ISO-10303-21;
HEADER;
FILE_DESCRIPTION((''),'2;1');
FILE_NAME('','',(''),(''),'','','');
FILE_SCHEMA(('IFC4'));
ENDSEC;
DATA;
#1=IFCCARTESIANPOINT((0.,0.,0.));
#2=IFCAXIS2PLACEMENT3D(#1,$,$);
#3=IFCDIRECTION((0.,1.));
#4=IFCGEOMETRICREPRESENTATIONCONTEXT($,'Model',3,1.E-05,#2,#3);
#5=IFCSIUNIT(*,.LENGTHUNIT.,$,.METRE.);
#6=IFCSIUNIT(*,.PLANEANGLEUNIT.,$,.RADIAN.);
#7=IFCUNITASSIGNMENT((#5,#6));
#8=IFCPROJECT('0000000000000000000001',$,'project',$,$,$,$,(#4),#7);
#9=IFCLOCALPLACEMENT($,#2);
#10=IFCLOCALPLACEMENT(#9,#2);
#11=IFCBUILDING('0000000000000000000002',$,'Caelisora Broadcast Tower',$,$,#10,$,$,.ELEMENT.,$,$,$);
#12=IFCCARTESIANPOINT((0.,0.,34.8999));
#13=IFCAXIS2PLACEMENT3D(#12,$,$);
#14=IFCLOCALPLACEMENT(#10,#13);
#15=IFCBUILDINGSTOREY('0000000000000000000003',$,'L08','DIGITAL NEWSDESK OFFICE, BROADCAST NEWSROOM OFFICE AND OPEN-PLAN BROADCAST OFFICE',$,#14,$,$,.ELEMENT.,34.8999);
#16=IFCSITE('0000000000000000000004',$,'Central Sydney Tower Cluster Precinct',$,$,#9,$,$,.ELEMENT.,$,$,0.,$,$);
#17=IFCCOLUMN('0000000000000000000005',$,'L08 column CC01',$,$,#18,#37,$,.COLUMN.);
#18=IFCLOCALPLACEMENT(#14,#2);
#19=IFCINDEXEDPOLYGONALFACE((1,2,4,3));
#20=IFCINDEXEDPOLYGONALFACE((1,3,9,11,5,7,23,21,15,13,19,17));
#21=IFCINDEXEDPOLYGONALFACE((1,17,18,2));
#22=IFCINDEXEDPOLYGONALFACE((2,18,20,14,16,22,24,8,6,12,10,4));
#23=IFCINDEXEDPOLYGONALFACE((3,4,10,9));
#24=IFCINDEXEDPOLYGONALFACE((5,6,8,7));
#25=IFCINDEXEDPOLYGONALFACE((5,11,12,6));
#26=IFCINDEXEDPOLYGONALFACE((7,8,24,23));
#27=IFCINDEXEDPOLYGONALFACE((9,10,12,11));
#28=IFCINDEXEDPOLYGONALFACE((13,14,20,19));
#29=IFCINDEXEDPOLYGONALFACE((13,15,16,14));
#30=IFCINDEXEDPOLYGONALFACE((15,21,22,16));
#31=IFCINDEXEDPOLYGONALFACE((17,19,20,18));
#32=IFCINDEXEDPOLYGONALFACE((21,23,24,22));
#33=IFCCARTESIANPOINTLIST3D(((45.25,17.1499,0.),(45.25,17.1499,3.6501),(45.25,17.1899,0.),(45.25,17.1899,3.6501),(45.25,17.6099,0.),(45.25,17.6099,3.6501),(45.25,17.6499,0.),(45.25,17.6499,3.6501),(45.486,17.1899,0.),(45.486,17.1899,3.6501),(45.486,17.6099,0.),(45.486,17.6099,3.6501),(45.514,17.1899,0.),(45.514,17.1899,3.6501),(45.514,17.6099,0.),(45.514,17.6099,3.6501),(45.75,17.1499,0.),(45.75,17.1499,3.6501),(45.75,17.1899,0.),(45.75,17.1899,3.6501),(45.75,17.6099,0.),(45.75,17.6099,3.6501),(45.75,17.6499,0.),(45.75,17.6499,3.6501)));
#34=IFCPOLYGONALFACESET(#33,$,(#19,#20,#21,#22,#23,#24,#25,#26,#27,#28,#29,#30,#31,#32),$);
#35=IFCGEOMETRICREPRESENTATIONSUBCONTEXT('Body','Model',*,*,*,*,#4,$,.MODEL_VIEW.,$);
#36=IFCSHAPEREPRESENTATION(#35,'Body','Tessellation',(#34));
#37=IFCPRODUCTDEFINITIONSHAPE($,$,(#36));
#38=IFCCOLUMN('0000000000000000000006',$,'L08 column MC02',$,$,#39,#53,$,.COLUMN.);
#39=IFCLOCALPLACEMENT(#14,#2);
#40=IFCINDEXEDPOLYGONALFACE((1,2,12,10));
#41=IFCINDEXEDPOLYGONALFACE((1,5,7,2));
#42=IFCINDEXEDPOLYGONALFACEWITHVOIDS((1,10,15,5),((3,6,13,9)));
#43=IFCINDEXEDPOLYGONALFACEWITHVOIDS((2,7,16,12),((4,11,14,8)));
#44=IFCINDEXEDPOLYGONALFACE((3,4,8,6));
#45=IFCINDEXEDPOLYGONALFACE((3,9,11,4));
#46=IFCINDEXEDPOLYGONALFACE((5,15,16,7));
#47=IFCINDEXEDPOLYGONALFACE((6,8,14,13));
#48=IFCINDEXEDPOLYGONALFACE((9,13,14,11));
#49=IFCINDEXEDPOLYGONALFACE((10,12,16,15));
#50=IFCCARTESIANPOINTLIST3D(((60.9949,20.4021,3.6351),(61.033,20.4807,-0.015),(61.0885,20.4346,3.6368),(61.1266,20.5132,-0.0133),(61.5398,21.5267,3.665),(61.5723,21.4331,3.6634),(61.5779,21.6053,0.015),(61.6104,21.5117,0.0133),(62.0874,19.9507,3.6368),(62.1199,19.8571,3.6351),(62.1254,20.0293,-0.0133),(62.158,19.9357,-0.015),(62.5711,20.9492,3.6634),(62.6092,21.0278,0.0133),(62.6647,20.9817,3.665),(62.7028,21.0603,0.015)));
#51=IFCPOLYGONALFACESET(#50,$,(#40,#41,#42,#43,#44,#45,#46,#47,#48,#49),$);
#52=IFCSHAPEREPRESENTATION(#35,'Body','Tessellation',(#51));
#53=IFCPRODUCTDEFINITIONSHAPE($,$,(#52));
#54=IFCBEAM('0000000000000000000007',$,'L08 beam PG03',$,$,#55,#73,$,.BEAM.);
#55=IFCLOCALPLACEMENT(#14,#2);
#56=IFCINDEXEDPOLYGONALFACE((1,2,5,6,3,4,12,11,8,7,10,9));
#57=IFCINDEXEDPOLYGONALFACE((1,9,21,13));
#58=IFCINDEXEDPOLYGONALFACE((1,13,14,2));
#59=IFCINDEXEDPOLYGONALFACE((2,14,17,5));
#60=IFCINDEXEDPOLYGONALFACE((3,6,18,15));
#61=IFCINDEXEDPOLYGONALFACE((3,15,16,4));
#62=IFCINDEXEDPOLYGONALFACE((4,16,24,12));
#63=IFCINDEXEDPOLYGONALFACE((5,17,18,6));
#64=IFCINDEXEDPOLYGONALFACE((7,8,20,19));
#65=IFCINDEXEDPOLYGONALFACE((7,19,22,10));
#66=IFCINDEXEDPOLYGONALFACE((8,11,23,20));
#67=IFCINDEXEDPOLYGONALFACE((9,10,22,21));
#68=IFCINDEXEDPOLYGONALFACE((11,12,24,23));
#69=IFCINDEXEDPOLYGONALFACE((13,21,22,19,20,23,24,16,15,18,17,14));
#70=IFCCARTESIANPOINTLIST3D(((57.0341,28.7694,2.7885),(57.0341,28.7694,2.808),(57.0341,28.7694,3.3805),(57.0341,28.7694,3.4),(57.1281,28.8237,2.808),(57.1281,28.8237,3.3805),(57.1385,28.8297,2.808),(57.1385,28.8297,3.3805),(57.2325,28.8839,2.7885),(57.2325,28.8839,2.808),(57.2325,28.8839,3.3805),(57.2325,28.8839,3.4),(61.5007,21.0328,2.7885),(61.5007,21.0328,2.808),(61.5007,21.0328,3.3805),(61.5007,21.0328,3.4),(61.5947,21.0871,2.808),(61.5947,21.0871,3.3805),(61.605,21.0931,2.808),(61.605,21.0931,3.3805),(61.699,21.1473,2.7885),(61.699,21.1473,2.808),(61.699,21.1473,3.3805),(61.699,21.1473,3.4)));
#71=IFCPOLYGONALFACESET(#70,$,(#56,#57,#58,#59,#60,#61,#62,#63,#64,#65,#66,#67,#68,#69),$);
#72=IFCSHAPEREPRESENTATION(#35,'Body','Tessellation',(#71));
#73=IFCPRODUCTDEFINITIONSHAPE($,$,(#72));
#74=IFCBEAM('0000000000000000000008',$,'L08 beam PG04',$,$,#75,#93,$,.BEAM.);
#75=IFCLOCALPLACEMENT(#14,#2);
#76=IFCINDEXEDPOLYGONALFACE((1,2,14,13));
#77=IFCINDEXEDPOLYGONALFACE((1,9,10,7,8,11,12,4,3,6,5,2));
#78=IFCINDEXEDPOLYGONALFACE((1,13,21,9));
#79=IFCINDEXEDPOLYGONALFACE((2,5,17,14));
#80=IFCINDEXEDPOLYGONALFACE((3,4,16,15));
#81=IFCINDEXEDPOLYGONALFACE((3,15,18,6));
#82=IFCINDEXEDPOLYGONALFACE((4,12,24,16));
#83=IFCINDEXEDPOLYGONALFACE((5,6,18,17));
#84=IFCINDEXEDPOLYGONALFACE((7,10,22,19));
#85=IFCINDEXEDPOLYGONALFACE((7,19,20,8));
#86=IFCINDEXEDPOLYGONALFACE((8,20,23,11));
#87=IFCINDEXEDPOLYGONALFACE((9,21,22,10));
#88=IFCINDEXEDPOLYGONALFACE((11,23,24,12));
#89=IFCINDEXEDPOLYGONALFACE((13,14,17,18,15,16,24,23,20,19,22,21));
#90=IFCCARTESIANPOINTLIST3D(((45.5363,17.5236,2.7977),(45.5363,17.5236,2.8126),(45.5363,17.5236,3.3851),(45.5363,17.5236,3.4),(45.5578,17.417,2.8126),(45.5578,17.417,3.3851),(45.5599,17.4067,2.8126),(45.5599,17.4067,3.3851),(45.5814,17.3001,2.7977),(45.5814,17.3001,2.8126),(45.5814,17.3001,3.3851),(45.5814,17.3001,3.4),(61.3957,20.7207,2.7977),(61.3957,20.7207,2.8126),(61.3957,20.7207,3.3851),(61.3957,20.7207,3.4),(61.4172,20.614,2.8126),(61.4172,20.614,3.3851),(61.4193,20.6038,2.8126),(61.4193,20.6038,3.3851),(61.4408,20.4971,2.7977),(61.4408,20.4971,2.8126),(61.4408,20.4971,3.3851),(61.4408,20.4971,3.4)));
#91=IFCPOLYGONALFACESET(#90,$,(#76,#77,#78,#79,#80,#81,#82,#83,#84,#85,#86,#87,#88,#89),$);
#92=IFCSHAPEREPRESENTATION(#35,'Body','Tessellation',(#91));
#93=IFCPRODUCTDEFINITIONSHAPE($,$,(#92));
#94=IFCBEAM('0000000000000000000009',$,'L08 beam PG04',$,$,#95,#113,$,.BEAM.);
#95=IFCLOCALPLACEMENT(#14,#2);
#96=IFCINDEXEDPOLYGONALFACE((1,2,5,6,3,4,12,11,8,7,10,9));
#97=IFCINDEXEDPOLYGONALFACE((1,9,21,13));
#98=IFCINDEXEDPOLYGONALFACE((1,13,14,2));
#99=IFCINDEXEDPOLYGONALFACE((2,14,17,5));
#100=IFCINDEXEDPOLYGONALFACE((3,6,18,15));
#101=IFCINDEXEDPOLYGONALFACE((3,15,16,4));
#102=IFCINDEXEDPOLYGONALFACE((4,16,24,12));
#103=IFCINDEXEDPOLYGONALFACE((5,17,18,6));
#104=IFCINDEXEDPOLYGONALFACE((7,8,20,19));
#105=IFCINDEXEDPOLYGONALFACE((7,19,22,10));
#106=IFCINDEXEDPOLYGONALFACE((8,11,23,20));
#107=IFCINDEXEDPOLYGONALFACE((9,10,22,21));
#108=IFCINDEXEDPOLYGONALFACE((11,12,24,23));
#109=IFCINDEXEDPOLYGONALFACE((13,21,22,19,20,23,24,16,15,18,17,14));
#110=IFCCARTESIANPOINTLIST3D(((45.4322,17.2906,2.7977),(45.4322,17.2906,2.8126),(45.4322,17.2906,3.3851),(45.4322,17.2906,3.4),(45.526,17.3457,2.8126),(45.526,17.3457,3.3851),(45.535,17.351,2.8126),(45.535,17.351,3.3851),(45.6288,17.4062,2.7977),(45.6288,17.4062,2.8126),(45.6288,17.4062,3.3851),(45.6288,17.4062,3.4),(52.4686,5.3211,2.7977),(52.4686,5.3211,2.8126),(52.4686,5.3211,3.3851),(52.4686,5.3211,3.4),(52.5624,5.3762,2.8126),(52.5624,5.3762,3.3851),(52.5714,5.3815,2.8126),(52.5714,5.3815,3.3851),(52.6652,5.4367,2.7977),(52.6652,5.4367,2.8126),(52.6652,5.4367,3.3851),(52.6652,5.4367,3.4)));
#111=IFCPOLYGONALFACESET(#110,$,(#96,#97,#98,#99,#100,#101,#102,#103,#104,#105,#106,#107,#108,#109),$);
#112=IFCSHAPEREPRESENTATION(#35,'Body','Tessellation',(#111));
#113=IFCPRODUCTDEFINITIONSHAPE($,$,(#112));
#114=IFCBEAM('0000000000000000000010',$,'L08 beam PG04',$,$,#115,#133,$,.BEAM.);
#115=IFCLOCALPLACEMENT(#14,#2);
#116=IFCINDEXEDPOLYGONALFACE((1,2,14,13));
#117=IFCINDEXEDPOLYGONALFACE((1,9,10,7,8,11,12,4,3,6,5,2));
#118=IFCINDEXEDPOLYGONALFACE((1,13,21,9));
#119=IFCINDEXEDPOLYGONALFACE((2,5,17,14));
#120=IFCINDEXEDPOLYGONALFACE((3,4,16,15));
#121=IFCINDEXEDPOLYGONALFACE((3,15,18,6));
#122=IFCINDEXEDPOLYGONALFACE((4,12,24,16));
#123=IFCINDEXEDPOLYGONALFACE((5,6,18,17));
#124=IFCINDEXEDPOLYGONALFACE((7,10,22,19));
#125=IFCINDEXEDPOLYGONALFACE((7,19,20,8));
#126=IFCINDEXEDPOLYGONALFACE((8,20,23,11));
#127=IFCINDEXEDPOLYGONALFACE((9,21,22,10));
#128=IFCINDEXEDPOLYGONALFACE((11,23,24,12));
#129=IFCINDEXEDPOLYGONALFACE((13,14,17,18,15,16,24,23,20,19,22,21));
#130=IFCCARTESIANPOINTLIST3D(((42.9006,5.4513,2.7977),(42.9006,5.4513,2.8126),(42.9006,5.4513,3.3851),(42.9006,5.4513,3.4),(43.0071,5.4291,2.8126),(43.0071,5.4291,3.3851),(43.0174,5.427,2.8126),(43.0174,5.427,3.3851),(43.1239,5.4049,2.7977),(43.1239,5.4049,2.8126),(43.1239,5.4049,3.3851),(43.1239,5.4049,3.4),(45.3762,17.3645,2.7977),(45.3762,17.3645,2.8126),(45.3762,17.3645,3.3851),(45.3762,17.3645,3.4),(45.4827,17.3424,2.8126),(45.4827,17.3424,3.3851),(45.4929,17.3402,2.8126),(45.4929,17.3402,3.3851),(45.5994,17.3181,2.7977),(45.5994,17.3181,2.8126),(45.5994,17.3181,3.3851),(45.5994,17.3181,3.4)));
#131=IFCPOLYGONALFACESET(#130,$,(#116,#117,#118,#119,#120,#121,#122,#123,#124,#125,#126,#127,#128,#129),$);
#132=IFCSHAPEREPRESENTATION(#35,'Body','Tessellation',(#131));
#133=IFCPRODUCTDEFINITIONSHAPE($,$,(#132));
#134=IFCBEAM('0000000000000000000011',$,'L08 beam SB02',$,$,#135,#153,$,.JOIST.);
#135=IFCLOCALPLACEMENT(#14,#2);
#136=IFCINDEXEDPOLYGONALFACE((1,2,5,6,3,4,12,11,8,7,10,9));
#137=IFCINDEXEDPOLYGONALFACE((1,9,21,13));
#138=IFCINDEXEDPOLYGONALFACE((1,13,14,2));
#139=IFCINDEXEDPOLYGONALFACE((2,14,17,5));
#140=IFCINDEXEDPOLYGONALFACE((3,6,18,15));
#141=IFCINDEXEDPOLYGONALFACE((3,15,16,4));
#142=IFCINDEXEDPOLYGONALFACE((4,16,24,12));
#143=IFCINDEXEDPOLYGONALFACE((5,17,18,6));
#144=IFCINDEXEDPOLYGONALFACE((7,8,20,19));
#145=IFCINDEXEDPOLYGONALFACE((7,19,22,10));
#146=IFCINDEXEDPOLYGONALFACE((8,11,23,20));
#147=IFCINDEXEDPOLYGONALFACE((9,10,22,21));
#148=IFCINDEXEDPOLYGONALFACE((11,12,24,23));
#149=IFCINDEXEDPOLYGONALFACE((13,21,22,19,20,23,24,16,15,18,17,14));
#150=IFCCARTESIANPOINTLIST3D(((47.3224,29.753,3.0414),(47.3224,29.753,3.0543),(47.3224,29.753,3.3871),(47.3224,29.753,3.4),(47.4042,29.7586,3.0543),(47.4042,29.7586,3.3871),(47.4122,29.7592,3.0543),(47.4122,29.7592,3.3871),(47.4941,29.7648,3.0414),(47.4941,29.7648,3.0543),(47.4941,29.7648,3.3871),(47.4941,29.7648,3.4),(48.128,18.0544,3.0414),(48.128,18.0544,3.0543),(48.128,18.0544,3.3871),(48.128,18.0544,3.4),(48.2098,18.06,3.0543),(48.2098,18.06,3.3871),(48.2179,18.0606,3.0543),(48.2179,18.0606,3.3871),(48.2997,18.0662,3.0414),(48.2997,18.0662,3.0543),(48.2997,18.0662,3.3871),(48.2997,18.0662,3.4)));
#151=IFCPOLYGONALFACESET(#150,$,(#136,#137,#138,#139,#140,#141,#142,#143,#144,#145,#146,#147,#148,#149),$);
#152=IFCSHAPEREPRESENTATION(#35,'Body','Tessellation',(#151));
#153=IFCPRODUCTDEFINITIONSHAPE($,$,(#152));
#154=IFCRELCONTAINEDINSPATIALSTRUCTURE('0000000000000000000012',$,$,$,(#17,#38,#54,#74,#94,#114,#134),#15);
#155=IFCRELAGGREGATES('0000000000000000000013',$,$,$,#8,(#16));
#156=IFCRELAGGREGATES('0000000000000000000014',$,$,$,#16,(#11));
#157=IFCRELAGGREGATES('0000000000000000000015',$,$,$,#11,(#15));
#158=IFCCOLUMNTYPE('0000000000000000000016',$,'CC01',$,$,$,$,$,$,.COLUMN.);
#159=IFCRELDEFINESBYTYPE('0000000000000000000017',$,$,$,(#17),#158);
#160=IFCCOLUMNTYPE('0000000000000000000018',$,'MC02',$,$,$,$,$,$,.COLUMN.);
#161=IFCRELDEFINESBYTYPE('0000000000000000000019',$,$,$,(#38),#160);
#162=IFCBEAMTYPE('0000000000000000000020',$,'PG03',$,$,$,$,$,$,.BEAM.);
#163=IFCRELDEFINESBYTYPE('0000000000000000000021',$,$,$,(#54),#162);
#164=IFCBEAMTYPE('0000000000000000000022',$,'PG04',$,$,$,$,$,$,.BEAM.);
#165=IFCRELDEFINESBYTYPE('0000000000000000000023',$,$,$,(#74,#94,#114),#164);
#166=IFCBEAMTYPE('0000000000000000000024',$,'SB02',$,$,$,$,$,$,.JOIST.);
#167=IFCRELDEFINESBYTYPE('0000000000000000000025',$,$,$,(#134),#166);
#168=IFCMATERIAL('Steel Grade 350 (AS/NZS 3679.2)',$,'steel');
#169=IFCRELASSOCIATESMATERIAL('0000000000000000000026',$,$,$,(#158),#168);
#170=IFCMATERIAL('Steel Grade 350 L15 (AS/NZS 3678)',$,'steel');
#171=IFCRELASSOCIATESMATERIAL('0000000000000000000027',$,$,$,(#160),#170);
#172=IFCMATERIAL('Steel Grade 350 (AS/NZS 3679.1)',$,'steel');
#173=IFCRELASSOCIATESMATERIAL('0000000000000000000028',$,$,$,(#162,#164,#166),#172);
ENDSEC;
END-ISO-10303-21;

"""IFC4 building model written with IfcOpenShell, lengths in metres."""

from ifc_helpers import new_model, si_unit, direction, frame, origin, origin_2d, place, context, subcontext, project, spatial, hollow_rectangle, i_section, extrude, source, transform, mapped, material, material_profile, profile_set, type_object, type_shapes, element, save


model = new_model("IFC4")

# Units and contexts
model_context = context("Model", 3, precision=1e-05, world=origin(), true_north=direction((0.0, 1.0)))
body_context = subcontext(model_context, "Body", "Model", "MODEL_VIEW")
ifc_project = project(units=[si_unit("LENGTHUNIT", "METRE"), si_unit("PLANEANGLEUNIT", "RADIAN")], contexts=[model_context])

# Site, building, storey
site_placement = place(None, origin())
site = spatial("IfcSite", under=ifc_project, at=site_placement, Name="Central Sydney Tower Cluster Precinct", CompositionType="ELEMENT", RefElevation=0.0)
building_placement = place(site_placement, origin())
building = spatial("IfcBuilding", under=site, at=building_placement, Name="Caelisora Broadcast Tower", CompositionType="ELEMENT")
storey_placement = place(building_placement, frame((0.0, 0.0, 34.8999)))
storey = spatial("IfcBuildingStorey", under=building, at=storey_placement, Name="L08", Description="DIGITAL NEWSDESK OFFICE, BROADCAST NEWSROOM OFFICE AND OPEN-PLAN BROADCAST OFFICE", CompositionType="ELEMENT", Elevation=34.8999)

# Columns
ifc_material_1 = material(Name="Steel Grade 350 (AS/NZS 3679.2)", Category="steel")
ifc_material_profile_1 = material_profile(ifc_material_1, i_section(OverallWidth=0.5, OverallDepth=0.5, WebThickness=0.0281, FlangeThickness=0.04, at=origin_2d()), Name="Steel Grade 350 (AS/NZS 3679.2)")
ifc_profile_set_1 = profile_set([ifc_material_profile_1], Name="Steel Grade 350 (AS/NZS 3679.2)")
column_type_1 = type_object("IfcColumnType", Name="CC01", PredefinedType="COLUMN", material=ifc_profile_set_1)
shared_shape_1 = source(origin(), body_context, "Body", "SweptSolid", [
    extrude(i_section(OverallWidth=0.5, OverallDepth=0.5, WebThickness=0.0281, FlangeThickness=0.04, at=origin_2d()), origin(), (0.0, 0.0, 1.0), 3.6501),
])
type_shapes(column_type_1, [shared_shape_1])
column_1_placement = place(storey_placement, frame((45.5, 17.3999, 0.0), z_axis=(0.0, 0.0, 1.0), x_axis=(1.0, 0.0, 0.0)))
element("IfcColumn", 1, at=column_1_placement, inside=storey, type_object=column_type_1, Name="L08 column CC01", PredefinedType="COLUMN", context=body_context, shape_type="MappedRepresentation", body=[
    mapped(shared_shape_1, transform((0.0, 0.0, 0.0), scale=1.0)),
])
ifc_material_2 = material(Name="Steel Grade 350 L15 (AS/NZS 3678)", Category="steel")
ifc_material_profile_2 = material_profile(ifc_material_2, hollow_rectangle(XDim=1.25, YDim=1.25, WallThickness=0.0701, at=origin_2d()), Name="Steel Grade 350 L15 (AS/NZS 3678)")
ifc_profile_set_2 = profile_set([ifc_material_profile_2], Name="Steel Grade 350 L15 (AS/NZS 3678)")
column_type_2 = type_object("IfcColumnType", Name="MC02", PredefinedType="COLUMN", material=ifc_profile_set_2)
shared_shape_2 = source(origin(), body_context, "Body", "SweptSolid", [
    extrude(hollow_rectangle(XDim=1.25, YDim=1.25, WallThickness=0.0701, at=origin_2d()), origin(), (0.0, 0.0, 1.0), 3.6511),
])
type_shapes(column_type_2, [shared_shape_2])
column_2_placement = place(storey_placement, frame((61.8679, 20.7705, 0.0), z_axis=(-0.010431, -0.021531, 0.999714), x_axis=(0.899947, -0.435999, 0.0)))
element("IfcColumn", 2, at=column_2_placement, inside=storey, type_object=column_type_2, Name="L08 column MC02", PredefinedType="COLUMN", context=body_context, shape_type="MappedRepresentation", body=[
    mapped(shared_shape_2, transform((0.0, 0.0, 0.0), scale=1.0)),
])

# Beams
ifc_material_3 = material(Name="Steel Grade 350 (AS/NZS 3679.1)", Category="steel")
ifc_material_profile_3 = material_profile(ifc_material_3, i_section(OverallWidth=0.229, OverallDepth=0.6116, WebThickness=0.012, FlangeThickness=0.0195, at=origin_2d()), Name="Steel Grade 350 (AS/NZS 3679.1)")
ifc_profile_set_3 = profile_set([ifc_material_profile_3], Name="Steel Grade 350 (AS/NZS 3679.1)")
beam_type_1 = type_object("IfcBeamType", Name="PG03", PredefinedType="BEAM", material=ifc_profile_set_3)
shared_shape_3 = source(origin(), body_context, "Body", "SweptSolid", [
    extrude(i_section(OverallWidth=0.229, OverallDepth=0.6116, WebThickness=0.012, FlangeThickness=0.0195, at=origin_2d()), origin(), (0.0, 0.0, 1.0), 8.9333),
])
type_shapes(beam_type_1, [shared_shape_3])
beam_1_placement = place(storey_placement, frame((61.5999, 21.0901, 3.0942), z_axis=(-0.499987, 0.866033, 0.0), x_axis=(-0.866033, -0.499987, 0.0)))
element("IfcBeam", 3, at=beam_1_placement, inside=storey, type_object=beam_type_1, Name="L08 beam PG03", PredefinedType="BEAM", context=body_context, shape_type="MappedRepresentation", body=[
    mapped(shared_shape_3, transform((0.0, 0.0, 0.0), scale=1.0)),
])
ifc_material_profile_4 = material_profile(ifc_material_3, i_section(OverallWidth=0.228, OverallDepth=0.6023, WebThickness=0.0105, FlangeThickness=0.0149, at=origin_2d()), Name="Steel Grade 350 (AS/NZS 3679.1)")
ifc_profile_set_4 = profile_set([ifc_material_profile_4], Name="Steel Grade 350 (AS/NZS 3679.1)")
beam_type_2 = type_object("IfcBeamType", Name="PG04", PredefinedType="BEAM", material=ifc_profile_set_4)
shared_shape_4 = source(origin(), body_context, "Body", "SweptSolid", [
    extrude(i_section(OverallWidth=0.228, OverallDepth=0.6023, WebThickness=0.0105, FlangeThickness=0.0149, at=origin_2d()), origin(), (0.0, 0.0, 1.0), 16.1785),
])
beam_2_placement = place(storey_placement, frame((45.5588, 17.4119, 3.0989), z_axis=(0.980281, 0.19761, 0.0), x_axis=(-0.19761, 0.980281, 0.0)))
element("IfcBeam", 4, at=beam_2_placement, inside=storey, type_object=beam_type_2, Name="L08 beam PG04", PredefinedType="BEAM", context=body_context, shape_type="MappedRepresentation", body=[
    mapped(shared_shape_4, transform((0.0, 0.0, 0.0), scale=1.0)),
])
shared_shape_5 = source(origin(), body_context, "Body", "SweptSolid", [
    extrude(i_section(OverallWidth=0.228, OverallDepth=0.6023, WebThickness=0.0105, FlangeThickness=0.0149, at=origin_2d()), origin(), (0.0, 0.0, 1.0), 13.8845),
])
beam_3_placement = place(storey_placement, frame((45.5305, 17.3484, 3.0989), z_axis=(0.50678, -0.862076, 0.0), x_axis=(0.862076, 0.50678, 0.0)))
element("IfcBeam", 5, at=beam_3_placement, inside=storey, type_object=beam_type_2, Name="L08 beam PG04", PredefinedType="BEAM", context=body_context, shape_type="MappedRepresentation", body=[
    mapped(shared_shape_5, transform((0.0, 0.0, 0.0), scale=1.0)),
])
shared_shape_6 = source(origin(), body_context, "Body", "SweptSolid", [
    extrude(i_section(OverallWidth=0.228, OverallDepth=0.6023, WebThickness=0.0105, FlangeThickness=0.0149, at=origin_2d()), origin(), (0.0, 0.0, 1.0), 12.1677),
])
type_shapes(beam_type_2, [shared_shape_4, shared_shape_5, shared_shape_6])
beam_4_placement = place(storey_placement, frame((45.4878, 17.3413, 3.0989), z_axis=(-0.203453, -0.979085, 0.0), x_axis=(0.979085, -0.203453, 0.0)))
element("IfcBeam", 6, at=beam_4_placement, inside=storey, type_object=beam_type_2, Name="L08 beam PG04", PredefinedType="BEAM", context=body_context, shape_type="MappedRepresentation", body=[
    mapped(shared_shape_6, transform((0.0, 0.0, 0.0), scale=1.0)),
])
ifc_material_profile_5 = material_profile(ifc_material_3, i_section(OverallWidth=0.1721, OverallDepth=0.3586, WebThickness=0.0081, FlangeThickness=0.0129, at=origin_2d()), Name="Steel Grade 350 (AS/NZS 3679.1)")
ifc_profile_set_5 = profile_set([ifc_material_profile_5], Name="Steel Grade 350 (AS/NZS 3679.1)")
beam_type_3 = type_object("IfcBeamType", Name="SB02", PredefinedType="JOIST", material=ifc_profile_set_5)
shared_shape_7 = source(origin(), body_context, "Body", "SweptSolid", [
    extrude(i_section(OverallWidth=0.1721, OverallDepth=0.3586, WebThickness=0.0081, FlangeThickness=0.0129, at=origin_2d()), origin(), (0.0, 0.0, 1.0), 11.7263),
])
beam_5_placement = place(storey_placement, frame((48.2139, 18.0603, 3.2207), z_axis=(-0.068705, 0.997637, 0.0), x_axis=(-0.997637, -0.068705, 0.0)))
element("IfcBeam", 7, at=beam_5_placement, inside=storey, type_object=beam_type_3, Name="L08 beam SB02", PredefinedType="JOIST", context=body_context, shape_type="MappedRepresentation", body=[
    mapped(shared_shape_7, transform((0.0, 0.0, 0.0), scale=1.0)),
])

save(model, "model.ifc")
